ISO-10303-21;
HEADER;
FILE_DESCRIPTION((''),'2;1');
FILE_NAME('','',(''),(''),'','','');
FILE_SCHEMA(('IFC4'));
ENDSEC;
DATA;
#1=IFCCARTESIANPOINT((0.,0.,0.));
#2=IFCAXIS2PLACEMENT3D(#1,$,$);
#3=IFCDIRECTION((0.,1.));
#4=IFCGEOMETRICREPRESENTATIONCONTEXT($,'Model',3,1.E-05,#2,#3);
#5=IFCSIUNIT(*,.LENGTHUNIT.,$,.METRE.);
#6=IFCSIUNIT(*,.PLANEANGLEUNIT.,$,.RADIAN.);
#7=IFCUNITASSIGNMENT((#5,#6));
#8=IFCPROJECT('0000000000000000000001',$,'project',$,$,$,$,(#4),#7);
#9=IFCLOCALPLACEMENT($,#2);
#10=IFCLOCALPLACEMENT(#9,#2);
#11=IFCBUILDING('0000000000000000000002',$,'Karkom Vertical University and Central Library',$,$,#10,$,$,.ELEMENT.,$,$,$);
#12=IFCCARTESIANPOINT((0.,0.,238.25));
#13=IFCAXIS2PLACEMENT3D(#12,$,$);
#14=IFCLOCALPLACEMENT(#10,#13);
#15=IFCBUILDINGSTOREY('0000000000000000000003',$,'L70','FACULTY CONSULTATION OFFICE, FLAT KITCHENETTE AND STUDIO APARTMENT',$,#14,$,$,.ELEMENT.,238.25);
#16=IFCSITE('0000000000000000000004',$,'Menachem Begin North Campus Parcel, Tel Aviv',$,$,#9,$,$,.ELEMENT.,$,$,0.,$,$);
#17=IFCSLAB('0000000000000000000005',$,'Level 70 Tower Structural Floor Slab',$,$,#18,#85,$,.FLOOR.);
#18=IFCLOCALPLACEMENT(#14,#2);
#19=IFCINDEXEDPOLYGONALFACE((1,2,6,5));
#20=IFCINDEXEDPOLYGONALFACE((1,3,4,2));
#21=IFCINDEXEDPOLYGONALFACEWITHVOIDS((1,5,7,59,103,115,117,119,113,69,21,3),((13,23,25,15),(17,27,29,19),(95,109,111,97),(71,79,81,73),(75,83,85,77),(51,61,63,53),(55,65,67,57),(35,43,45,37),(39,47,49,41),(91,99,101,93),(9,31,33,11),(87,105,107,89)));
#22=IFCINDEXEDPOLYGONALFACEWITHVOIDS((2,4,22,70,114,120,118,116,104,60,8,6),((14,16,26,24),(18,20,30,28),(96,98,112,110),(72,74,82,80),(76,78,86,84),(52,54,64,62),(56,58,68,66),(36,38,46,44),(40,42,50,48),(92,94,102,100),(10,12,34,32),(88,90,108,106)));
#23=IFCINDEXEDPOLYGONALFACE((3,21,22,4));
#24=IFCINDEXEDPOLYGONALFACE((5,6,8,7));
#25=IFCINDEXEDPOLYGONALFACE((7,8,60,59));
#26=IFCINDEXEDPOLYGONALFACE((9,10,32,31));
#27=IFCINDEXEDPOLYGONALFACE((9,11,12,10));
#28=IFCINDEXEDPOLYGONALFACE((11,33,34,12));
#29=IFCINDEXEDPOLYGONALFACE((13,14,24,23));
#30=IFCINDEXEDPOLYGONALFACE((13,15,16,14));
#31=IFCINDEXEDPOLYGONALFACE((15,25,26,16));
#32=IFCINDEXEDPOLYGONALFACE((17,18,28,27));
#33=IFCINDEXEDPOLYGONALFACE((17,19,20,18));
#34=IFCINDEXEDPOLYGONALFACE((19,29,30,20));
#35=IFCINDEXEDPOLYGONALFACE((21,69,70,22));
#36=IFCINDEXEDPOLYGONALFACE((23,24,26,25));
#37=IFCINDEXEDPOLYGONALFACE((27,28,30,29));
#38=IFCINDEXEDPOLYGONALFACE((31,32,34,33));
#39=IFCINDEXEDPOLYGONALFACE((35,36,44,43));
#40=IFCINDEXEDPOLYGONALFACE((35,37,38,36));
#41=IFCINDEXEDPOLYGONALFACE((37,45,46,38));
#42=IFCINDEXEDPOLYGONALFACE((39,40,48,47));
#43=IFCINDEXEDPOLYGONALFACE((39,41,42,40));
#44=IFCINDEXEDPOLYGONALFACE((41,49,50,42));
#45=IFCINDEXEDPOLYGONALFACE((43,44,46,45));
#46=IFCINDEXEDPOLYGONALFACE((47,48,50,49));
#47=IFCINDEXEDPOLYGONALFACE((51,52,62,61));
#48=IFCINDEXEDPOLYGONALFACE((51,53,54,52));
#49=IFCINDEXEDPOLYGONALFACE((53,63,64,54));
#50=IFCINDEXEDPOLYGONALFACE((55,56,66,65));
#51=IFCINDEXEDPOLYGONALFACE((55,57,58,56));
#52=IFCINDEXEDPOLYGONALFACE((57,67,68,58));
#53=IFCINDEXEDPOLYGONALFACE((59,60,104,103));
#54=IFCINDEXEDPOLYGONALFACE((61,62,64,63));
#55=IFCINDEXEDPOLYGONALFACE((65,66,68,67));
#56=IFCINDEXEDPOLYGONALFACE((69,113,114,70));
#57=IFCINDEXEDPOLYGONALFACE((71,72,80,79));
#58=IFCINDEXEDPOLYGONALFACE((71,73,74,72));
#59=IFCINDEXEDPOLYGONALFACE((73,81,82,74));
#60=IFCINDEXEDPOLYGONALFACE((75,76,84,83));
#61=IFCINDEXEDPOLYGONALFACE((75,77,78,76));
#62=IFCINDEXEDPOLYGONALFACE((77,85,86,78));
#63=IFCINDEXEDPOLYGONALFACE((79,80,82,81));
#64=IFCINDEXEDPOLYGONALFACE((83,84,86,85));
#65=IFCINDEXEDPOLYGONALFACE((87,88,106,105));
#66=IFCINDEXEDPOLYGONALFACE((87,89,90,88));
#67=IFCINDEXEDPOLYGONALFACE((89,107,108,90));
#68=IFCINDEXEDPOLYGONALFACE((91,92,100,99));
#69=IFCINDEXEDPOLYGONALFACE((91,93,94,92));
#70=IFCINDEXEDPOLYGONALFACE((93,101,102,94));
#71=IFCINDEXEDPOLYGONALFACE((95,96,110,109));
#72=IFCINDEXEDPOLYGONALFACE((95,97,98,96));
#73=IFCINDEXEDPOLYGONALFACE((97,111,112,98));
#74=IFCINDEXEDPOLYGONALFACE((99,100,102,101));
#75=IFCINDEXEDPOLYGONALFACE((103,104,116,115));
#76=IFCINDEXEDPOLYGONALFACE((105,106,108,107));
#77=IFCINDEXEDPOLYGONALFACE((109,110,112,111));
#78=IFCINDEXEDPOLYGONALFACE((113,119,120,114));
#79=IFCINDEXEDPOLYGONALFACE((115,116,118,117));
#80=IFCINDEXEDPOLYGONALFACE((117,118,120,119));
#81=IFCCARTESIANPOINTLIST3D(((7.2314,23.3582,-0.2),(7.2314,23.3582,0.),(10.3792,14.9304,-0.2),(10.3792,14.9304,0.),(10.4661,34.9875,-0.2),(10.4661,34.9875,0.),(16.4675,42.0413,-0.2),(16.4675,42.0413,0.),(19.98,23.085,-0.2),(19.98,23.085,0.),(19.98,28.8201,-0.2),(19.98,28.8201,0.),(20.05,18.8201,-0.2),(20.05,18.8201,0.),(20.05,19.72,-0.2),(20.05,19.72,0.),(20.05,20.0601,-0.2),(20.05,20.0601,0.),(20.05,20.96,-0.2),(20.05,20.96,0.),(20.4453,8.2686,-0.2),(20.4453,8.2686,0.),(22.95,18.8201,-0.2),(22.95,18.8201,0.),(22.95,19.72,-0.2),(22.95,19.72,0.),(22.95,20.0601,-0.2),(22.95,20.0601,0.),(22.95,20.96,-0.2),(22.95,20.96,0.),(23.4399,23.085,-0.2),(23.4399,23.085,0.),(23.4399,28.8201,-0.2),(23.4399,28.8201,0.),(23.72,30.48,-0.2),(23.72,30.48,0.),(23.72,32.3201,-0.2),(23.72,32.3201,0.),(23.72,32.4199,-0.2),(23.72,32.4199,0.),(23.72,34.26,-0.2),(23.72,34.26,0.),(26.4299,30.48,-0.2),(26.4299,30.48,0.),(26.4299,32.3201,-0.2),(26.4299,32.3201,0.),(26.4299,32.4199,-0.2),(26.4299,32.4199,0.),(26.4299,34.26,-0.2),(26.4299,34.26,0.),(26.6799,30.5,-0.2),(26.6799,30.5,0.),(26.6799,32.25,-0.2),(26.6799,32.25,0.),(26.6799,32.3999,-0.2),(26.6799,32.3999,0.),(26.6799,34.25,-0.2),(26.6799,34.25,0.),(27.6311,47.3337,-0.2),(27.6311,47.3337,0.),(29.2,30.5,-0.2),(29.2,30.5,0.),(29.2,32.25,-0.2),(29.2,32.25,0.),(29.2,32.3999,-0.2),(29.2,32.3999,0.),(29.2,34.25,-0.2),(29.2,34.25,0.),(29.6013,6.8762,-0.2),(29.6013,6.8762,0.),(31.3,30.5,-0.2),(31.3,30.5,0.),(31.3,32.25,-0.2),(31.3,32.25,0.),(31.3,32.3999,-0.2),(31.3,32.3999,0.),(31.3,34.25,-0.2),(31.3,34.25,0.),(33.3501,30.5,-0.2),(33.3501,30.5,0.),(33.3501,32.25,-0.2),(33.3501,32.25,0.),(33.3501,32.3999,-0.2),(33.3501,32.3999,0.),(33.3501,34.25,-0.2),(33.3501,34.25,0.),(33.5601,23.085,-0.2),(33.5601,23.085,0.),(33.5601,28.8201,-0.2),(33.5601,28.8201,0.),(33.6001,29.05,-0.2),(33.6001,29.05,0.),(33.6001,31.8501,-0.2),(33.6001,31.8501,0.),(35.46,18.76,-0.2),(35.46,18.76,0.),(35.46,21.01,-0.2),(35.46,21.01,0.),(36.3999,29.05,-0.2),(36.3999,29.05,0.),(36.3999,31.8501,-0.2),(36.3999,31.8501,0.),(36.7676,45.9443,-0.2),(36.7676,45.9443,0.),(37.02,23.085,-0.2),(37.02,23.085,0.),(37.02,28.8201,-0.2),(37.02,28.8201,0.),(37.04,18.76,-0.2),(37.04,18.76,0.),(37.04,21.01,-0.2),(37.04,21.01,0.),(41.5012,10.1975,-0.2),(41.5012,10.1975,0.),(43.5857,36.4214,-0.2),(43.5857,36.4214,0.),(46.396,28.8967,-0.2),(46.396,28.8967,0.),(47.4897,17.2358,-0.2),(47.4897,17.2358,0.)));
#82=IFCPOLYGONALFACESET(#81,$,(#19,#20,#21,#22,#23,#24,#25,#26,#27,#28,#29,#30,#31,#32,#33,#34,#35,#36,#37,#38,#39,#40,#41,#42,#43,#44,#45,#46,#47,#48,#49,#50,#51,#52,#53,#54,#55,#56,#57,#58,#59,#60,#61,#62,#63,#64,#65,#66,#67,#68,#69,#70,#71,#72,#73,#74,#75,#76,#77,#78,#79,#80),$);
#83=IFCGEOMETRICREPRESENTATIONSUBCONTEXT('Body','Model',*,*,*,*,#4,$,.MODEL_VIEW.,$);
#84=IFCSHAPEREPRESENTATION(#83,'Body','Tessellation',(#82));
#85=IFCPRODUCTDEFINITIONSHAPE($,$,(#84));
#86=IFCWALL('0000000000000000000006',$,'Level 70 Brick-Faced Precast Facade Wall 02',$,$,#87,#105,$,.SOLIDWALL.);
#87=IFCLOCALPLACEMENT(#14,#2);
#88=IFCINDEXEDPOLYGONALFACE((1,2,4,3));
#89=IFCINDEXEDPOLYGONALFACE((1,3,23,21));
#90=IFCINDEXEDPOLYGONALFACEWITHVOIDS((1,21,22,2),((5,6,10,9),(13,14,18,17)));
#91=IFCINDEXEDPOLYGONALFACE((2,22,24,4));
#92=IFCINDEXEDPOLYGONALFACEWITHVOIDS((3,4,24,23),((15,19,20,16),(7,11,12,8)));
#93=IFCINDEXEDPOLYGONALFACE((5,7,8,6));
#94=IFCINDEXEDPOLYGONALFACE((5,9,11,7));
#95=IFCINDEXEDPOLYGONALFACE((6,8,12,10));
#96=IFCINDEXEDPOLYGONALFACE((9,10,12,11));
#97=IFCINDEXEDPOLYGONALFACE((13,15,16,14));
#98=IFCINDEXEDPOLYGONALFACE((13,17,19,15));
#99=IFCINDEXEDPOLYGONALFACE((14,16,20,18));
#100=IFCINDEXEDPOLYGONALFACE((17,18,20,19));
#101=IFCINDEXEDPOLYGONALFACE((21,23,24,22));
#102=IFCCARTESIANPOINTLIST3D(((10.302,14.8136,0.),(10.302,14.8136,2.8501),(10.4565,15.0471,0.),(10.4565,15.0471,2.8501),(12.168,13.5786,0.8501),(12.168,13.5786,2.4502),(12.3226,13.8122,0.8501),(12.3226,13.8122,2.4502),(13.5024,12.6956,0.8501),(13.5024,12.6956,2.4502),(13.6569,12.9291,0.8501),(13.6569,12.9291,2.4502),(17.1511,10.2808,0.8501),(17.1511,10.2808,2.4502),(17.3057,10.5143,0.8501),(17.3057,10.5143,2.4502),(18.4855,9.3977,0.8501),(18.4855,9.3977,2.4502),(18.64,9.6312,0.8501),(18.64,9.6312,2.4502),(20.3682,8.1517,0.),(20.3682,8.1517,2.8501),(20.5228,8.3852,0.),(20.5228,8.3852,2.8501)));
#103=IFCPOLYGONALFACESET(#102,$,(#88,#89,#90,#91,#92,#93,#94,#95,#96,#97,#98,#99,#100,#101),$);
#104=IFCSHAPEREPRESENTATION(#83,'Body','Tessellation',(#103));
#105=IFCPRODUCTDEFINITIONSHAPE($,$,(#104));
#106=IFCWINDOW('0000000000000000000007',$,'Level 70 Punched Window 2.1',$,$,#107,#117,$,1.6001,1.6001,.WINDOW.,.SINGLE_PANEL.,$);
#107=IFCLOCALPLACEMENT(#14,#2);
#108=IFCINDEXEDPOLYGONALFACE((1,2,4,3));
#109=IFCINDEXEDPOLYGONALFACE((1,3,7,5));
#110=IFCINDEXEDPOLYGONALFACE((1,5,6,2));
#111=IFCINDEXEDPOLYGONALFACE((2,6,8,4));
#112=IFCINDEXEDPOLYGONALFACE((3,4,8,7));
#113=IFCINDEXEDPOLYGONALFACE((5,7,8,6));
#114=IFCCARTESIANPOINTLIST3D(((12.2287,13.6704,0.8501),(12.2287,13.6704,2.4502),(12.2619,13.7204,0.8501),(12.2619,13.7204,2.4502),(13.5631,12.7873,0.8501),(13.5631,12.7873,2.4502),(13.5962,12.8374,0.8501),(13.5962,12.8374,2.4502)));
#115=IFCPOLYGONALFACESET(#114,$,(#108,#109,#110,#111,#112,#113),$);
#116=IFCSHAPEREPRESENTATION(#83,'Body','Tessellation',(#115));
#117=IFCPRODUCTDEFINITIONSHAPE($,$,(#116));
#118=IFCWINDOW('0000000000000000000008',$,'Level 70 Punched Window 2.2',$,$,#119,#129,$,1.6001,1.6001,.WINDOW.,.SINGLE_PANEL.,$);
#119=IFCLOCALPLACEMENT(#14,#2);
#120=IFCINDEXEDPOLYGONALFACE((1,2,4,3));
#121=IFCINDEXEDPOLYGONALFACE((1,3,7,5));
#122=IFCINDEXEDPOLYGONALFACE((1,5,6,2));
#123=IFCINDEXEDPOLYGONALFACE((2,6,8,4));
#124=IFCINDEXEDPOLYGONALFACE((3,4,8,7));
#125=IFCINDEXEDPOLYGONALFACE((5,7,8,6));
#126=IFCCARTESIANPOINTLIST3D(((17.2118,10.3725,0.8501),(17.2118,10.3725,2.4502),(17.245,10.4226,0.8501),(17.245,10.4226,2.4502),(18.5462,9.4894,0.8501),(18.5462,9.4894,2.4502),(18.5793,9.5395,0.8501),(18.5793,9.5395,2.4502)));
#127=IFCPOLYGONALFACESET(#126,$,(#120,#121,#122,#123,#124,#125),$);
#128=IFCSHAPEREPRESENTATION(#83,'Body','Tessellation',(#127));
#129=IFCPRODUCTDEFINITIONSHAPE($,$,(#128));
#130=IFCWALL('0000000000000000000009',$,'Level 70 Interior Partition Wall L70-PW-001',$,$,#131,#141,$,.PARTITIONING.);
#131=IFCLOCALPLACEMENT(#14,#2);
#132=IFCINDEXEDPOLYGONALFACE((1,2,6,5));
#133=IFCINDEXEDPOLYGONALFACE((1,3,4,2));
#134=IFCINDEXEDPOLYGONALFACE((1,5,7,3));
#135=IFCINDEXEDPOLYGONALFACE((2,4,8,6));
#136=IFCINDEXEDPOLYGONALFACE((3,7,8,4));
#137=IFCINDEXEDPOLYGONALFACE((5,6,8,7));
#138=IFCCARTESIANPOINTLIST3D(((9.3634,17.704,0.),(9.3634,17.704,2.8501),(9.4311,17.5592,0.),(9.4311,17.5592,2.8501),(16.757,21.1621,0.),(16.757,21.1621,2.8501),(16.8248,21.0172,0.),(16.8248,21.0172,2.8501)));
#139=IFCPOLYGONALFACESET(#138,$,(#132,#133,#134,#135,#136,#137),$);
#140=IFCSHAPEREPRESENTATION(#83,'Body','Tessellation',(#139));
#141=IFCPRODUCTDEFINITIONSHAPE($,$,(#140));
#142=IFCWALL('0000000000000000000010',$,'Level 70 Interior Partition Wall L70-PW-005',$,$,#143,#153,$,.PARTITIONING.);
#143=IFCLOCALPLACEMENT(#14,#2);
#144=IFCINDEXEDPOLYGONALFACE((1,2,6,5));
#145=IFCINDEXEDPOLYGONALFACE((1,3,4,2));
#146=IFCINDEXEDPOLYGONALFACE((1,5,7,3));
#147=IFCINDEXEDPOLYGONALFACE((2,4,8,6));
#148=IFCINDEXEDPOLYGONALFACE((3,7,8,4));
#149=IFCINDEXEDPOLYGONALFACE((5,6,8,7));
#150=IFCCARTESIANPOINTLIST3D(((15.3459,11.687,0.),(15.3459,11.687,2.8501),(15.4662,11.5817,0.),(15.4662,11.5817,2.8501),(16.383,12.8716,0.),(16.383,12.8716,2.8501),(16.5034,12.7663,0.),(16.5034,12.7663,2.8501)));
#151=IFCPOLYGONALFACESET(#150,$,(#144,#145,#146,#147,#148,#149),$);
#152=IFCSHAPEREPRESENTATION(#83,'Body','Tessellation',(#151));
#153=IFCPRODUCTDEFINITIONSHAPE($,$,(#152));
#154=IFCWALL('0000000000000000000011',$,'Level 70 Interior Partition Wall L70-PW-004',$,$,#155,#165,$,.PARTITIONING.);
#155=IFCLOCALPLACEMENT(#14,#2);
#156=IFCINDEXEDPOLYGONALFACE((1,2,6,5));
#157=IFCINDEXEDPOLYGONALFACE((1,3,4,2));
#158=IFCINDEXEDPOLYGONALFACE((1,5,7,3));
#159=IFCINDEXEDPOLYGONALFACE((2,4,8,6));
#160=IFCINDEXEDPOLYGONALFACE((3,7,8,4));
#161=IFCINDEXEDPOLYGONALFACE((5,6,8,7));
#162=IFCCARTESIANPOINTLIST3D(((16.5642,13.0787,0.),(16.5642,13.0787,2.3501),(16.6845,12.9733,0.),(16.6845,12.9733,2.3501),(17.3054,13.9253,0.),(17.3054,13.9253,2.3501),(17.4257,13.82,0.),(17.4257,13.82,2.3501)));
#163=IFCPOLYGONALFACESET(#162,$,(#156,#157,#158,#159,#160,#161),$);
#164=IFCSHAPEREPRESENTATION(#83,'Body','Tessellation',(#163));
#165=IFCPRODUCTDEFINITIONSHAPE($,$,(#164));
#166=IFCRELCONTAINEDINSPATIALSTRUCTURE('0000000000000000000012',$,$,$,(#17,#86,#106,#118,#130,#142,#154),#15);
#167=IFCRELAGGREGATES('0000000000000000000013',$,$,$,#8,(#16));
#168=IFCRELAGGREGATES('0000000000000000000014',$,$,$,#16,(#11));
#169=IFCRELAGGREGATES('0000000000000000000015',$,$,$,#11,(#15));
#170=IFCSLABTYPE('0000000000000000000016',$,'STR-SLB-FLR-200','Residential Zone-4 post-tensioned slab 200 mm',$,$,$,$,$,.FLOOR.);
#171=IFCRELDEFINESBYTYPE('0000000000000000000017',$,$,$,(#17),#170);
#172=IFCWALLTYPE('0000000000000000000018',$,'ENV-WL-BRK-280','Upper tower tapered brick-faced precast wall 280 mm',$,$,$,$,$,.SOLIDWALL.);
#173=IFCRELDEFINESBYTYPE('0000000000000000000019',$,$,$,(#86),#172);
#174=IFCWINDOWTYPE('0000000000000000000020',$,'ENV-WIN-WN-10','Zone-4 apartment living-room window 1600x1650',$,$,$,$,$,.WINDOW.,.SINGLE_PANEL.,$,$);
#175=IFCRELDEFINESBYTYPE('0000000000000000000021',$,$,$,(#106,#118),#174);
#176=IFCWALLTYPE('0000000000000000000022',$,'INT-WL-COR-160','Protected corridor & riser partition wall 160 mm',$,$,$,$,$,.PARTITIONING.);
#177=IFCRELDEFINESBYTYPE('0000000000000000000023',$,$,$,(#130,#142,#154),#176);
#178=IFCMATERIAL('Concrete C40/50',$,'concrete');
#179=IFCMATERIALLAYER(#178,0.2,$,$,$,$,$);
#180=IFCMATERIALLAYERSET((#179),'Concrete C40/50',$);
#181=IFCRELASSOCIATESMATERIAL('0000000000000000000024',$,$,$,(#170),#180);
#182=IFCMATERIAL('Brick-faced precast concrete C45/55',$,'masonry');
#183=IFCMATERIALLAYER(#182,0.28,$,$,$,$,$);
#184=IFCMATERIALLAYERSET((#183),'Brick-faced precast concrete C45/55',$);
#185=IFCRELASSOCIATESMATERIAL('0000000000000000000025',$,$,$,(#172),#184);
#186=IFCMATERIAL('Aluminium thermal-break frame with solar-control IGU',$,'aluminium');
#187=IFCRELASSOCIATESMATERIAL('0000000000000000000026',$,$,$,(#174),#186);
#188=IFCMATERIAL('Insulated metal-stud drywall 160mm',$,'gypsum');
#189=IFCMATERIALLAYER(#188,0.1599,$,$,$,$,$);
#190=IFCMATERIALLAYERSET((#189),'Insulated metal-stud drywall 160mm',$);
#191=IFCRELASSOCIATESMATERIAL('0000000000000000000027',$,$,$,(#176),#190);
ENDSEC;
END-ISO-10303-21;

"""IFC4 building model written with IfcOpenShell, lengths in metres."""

from ifc_helpers import new_model, si_unit, direction, frame, frame_2d, origin, origin_with_axes, place, context, subcontext, project, spatial, polyline, rectangle, outline, extrude, source, transform, mapped, material, layer, layer_set, type_object, element, fill, save


model = new_model("IFC4")

# Units and contexts
model_context = context("Model", 3, precision=1e-05, world=origin(), true_north=direction((0.0, 1.0)))
body_context = subcontext(model_context, "Body", "Model", "MODEL_VIEW")
ifc_project = project(units=[si_unit("LENGTHUNIT", "METRE"), si_unit("PLANEANGLEUNIT", "RADIAN")], contexts=[model_context])

# Site, building, storey
site_placement = place(None, origin())
site = spatial("IfcSite", under=ifc_project, at=site_placement, Name="Menachem Begin North Campus Parcel, Tel Aviv", CompositionType="ELEMENT", RefElevation=0.0)
building_placement = place(site_placement, origin())
building = spatial("IfcBuilding", under=site, at=building_placement, Name="Karkom Vertical University and Central Library", CompositionType="ELEMENT")
storey_placement = place(building_placement, frame((0.0, 0.0, 238.25)))
storey = spatial("IfcBuildingStorey", under=building, at=storey_placement, Name="L70", Description="FACULTY CONSULTATION OFFICE, FLAT KITCHENETTE AND STUDIO APARTMENT", CompositionType="ELEMENT", Elevation=238.25)

# Slab
ifc_material_1 = material(Name="Concrete C40/50", Category="concrete")
ifc_layer_1 = layer(ifc_material_1, 0.2)
ifc_layer_set_1 = layer_set([ifc_layer_1], Name="Concrete C40/50")
slab_type_1 = type_object("IfcSlabType", Name="STR-SLB-FLR-200", Description="Residential Zone-4 post-tensioned slab 200 mm", PredefinedType="FLOOR", material=ifc_layer_set_1)
slab_1_placement = place(storey_placement, frame((0.0, 0.0, -0.2)))
element("IfcSlab", 1, at=slab_1_placement, inside=storey, type_object=slab_type_1, Name="Level 70 Tower Structural Floor Slab", PredefinedType="FLOOR", context=body_context, shape_type="SweptSolid", body=[
    extrude(outline(polyline([(7.2314, 23.3582), (10.3792, 14.9304), (20.4453, 8.2686), (29.6013, 6.8762), (41.5012, 10.1975), (47.4897, 17.2358), (46.396, 28.8967), (43.5857, 36.4214), (36.7676, 45.9443), (27.6311, 47.3337), (16.4675, 42.0413), (10.4661, 34.9875), (7.2314, 23.3582)]), holes=[polyline([(19.98, 23.085), (23.4399, 23.085), (23.4399, 28.8201), (19.98, 28.8201), (19.98, 23.085)]), polyline([(33.5601, 23.085), (37.02, 23.085), (37.02, 28.8201), (33.5601, 28.8201), (33.5601, 23.085)]), polyline([(26.6799, 30.5), (29.2, 30.5), (29.2, 32.25), (26.6799, 32.25), (26.6799, 30.5)]), polyline([(26.6799, 32.3999), (29.2, 32.3999), (29.2, 34.25), (26.6799, 34.25), (26.6799, 32.3999)]), polyline([(31.3, 30.5), (33.3501, 30.5), (33.3501, 32.25), (31.3, 32.25), (31.3, 30.5)]), polyline([(31.3, 32.3999), (33.3501, 32.3999), (33.3501, 34.25), (31.3, 34.25), (31.3, 32.3999)]), polyline([(23.72, 30.48), (26.4299, 30.48), (26.4299, 32.3201), (23.72, 32.3201), (23.72, 30.48)]), polyline([(23.72, 32.4199), (26.4299, 32.4199), (26.4299, 34.26), (23.72, 34.26), (23.72, 32.4199)]), polyline([(33.6001, 29.05), (36.3999, 29.05), (36.3999, 31.8501), (33.6001, 31.8501), (33.6001, 29.05)]), polyline([(20.05, 18.8201), (22.95, 18.8201), (22.95, 19.72), (20.05, 19.72), (20.05, 18.8201)]), polyline([(20.05, 20.0601), (22.95, 20.0601), (22.95, 20.96), (20.05, 20.96), (20.05, 20.0601)]), polyline([(35.46, 18.76), (37.04, 18.76), (37.04, 21.01), (35.46, 21.01), (35.46, 18.76)])]), origin(), (0.0, 0.0, 1.0), 0.2),
])

# Wall, openings, windows
ifc_material_2 = material(Name="Brick-faced precast concrete C45/55", Category="masonry")
ifc_layer_2 = layer(ifc_material_2, 0.28)
ifc_layer_set_2 = layer_set([ifc_layer_2], Name="Brick-faced precast concrete C45/55")
wall_type_1 = type_object("IfcWallType", Name="ENV-WL-BRK-280", Description="Upper tower tapered brick-faced precast wall 280 mm", PredefinedType="SOLIDWALL", material=ifc_layer_set_2)
wall_1_placement = place(storey_placement, frame((10.3792, 14.9304, 0.0), z_axis=(0.0, 0.0, 1.0), x_axis=(0.833916, -0.551892, 0.0)))
wall_1 = element("IfcWall", 2, at=wall_1_placement, inside=storey, type_object=wall_type_1, Name="Level 70 Brick-Faced Precast Facade Wall 02", PredefinedType="SOLIDWALL", context=body_context, shape_type="SweptSolid", body=[
    extrude(rectangle(XDim=12.071, YDim=0.28, at=frame_2d((6.0356, 0.0))), origin(), (0.0, 0.0, 1.0), 2.8501),
])
opening_1_placement = place(wall_1_placement, frame((2.2378, 0.0, 0.8501)))
opening_1 = element("IfcOpeningElement", 3, at=opening_1_placement, cuts=wall_1, PredefinedType="OPENING", context=body_context, shape_type="SweptSolid", body=[
    extrude(rectangle(XDim=1.6001, YDim=1.6001, at=frame_2d((0.8, 0.8))), frame((0.0, 0.1499, 0.0), z_axis=(0.0, -1.0, 0.0), x_axis=(1.0, 0.0, 0.0)), (0.0, 0.0, 1.0), 0.3),
])
opening_2_placement = place(wall_1_placement, frame((8.2134, 0.0, 0.8501)))
opening_2 = element("IfcOpeningElement", 4, at=opening_2_placement, cuts=wall_1, PredefinedType="OPENING", context=body_context, shape_type="SweptSolid", body=[
    extrude(rectangle(XDim=1.6001, YDim=1.6001, at=frame_2d((0.8, 0.8))), frame((0.0, 0.1499, 0.0), z_axis=(0.0, -1.0, 0.0), x_axis=(1.0, 0.0, 0.0)), (0.0, 0.0, 1.0), 0.3),
])
ifc_material_3 = material(Name="Aluminium thermal-break frame with solar-control IGU", Category="aluminium")
window_type = type_object("IfcWindowType", Name="ENV-WIN-WN-10", Description="Zone-4 apartment living-room window 1600x1650", PartitioningType="SINGLE_PANEL", PredefinedType="WINDOW", material=ifc_material_3)
shared_shape_1 = source(origin_with_axes(), body_context, "Body", "SweptSolid", [
    extrude(rectangle(XDim=1.6001, YDim=1.6001, at=frame_2d((0.8, 0.8))), frame((0.0, 0.03, 0.0), z_axis=(0.0, -1.0, 0.0), x_axis=(1.0, 0.0, 0.0)), (0.0, 0.0, 1.0), 0.0601),
])
window_1_placement = place(opening_1_placement, origin())
window_1 = element("IfcWindow", 5, at=window_1_placement, inside=storey, type_object=window_type, Name="Level 70 Punched Window 2.1", OverallHeight=1.6001, OverallWidth=1.6001, PartitioningType="SINGLE_PANEL", PredefinedType="WINDOW", context=body_context, shape_type="MappedRepresentation", body=[
    mapped(shared_shape_1, transform((0.0, 0.0, 0.0), scale=1.0)),
])
fill(opening_1, window_1)
window_2_placement = place(opening_2_placement, origin())
window_2 = element("IfcWindow", 6, at=window_2_placement, inside=storey, type_object=window_type, Name="Level 70 Punched Window 2.2", OverallHeight=1.6001, OverallWidth=1.6001, PartitioningType="SINGLE_PANEL", PredefinedType="WINDOW", context=body_context, shape_type="MappedRepresentation", body=[
    mapped(shared_shape_1, transform((0.0, 0.0, 0.0), scale=1.0)),
])
fill(opening_2, window_2)

# Shared definitions
ifc_material_4 = material(Name="Insulated metal-stud drywall 160mm", Category="gypsum")
ifc_layer_3 = layer(ifc_material_4, 0.1599)
ifc_layer_set_3 = layer_set([ifc_layer_3], Name="Insulated metal-stud drywall 160mm")
wall_type_2 = type_object("IfcWallType", Name="INT-WL-COR-160", Description="Protected corridor & riser partition wall 160 mm", PredefinedType="PARTITIONING", material=ifc_layer_set_3)

# Walls
wall_2_placement = place(storey_placement, frame((16.7908, 21.0896, 0.0), z_axis=(0.0, 0.0, 1.0), x_axis=(-0.905822, -0.423658, 0.0)))
element("IfcWall", 7, at=wall_2_placement, inside=storey, type_object=wall_type_2, Name="Level 70 Interior Partition Wall L70-PW-001", PredefinedType="PARTITIONING", context=body_context, shape_type="SweptSolid", body=[
    extrude(rectangle(XDim=8.1624, YDim=0.1599, at=frame_2d((4.0811, 0.0))), origin(), (0.0, 0.0, 1.0), 2.8501),
])
wall_3_placement = place(storey_placement, frame((16.4431, 12.8188, 0.0), z_axis=(0.0, 0.0, 1.0), x_axis=(-0.658724, -0.752385, 0.0)))
element("IfcWall", 8, at=wall_3_placement, inside=storey, type_object=wall_type_2, Name="Level 70 Interior Partition Wall L70-PW-005", PredefinedType="PARTITIONING", context=body_context, shape_type="SweptSolid", body=[
    extrude(rectangle(XDim=1.5745, YDim=0.1599, at=frame_2d((0.7871, 0.0))), origin(), (0.0, 0.0, 1.0), 2.8501),
])
wall_4_placement = place(storey_placement, frame((17.3655, 13.8726, 0.0), z_axis=(0.0, 0.0, 1.0), x_axis=(-0.658689, -0.752415, 0.0)))
element("IfcWall", 9, at=wall_4_placement, inside=storey, type_object=wall_type_2, Name="Level 70 Interior Partition Wall L70-PW-004", PredefinedType="PARTITIONING", context=body_context, shape_type="SweptSolid", body=[
    extrude(rectangle(XDim=1.1252, YDim=0.1599, at=frame_2d((0.5625, 0.0))), origin(), (0.0, 0.0, 1.0), 2.3501),
])

save(model, "model.ifc")
